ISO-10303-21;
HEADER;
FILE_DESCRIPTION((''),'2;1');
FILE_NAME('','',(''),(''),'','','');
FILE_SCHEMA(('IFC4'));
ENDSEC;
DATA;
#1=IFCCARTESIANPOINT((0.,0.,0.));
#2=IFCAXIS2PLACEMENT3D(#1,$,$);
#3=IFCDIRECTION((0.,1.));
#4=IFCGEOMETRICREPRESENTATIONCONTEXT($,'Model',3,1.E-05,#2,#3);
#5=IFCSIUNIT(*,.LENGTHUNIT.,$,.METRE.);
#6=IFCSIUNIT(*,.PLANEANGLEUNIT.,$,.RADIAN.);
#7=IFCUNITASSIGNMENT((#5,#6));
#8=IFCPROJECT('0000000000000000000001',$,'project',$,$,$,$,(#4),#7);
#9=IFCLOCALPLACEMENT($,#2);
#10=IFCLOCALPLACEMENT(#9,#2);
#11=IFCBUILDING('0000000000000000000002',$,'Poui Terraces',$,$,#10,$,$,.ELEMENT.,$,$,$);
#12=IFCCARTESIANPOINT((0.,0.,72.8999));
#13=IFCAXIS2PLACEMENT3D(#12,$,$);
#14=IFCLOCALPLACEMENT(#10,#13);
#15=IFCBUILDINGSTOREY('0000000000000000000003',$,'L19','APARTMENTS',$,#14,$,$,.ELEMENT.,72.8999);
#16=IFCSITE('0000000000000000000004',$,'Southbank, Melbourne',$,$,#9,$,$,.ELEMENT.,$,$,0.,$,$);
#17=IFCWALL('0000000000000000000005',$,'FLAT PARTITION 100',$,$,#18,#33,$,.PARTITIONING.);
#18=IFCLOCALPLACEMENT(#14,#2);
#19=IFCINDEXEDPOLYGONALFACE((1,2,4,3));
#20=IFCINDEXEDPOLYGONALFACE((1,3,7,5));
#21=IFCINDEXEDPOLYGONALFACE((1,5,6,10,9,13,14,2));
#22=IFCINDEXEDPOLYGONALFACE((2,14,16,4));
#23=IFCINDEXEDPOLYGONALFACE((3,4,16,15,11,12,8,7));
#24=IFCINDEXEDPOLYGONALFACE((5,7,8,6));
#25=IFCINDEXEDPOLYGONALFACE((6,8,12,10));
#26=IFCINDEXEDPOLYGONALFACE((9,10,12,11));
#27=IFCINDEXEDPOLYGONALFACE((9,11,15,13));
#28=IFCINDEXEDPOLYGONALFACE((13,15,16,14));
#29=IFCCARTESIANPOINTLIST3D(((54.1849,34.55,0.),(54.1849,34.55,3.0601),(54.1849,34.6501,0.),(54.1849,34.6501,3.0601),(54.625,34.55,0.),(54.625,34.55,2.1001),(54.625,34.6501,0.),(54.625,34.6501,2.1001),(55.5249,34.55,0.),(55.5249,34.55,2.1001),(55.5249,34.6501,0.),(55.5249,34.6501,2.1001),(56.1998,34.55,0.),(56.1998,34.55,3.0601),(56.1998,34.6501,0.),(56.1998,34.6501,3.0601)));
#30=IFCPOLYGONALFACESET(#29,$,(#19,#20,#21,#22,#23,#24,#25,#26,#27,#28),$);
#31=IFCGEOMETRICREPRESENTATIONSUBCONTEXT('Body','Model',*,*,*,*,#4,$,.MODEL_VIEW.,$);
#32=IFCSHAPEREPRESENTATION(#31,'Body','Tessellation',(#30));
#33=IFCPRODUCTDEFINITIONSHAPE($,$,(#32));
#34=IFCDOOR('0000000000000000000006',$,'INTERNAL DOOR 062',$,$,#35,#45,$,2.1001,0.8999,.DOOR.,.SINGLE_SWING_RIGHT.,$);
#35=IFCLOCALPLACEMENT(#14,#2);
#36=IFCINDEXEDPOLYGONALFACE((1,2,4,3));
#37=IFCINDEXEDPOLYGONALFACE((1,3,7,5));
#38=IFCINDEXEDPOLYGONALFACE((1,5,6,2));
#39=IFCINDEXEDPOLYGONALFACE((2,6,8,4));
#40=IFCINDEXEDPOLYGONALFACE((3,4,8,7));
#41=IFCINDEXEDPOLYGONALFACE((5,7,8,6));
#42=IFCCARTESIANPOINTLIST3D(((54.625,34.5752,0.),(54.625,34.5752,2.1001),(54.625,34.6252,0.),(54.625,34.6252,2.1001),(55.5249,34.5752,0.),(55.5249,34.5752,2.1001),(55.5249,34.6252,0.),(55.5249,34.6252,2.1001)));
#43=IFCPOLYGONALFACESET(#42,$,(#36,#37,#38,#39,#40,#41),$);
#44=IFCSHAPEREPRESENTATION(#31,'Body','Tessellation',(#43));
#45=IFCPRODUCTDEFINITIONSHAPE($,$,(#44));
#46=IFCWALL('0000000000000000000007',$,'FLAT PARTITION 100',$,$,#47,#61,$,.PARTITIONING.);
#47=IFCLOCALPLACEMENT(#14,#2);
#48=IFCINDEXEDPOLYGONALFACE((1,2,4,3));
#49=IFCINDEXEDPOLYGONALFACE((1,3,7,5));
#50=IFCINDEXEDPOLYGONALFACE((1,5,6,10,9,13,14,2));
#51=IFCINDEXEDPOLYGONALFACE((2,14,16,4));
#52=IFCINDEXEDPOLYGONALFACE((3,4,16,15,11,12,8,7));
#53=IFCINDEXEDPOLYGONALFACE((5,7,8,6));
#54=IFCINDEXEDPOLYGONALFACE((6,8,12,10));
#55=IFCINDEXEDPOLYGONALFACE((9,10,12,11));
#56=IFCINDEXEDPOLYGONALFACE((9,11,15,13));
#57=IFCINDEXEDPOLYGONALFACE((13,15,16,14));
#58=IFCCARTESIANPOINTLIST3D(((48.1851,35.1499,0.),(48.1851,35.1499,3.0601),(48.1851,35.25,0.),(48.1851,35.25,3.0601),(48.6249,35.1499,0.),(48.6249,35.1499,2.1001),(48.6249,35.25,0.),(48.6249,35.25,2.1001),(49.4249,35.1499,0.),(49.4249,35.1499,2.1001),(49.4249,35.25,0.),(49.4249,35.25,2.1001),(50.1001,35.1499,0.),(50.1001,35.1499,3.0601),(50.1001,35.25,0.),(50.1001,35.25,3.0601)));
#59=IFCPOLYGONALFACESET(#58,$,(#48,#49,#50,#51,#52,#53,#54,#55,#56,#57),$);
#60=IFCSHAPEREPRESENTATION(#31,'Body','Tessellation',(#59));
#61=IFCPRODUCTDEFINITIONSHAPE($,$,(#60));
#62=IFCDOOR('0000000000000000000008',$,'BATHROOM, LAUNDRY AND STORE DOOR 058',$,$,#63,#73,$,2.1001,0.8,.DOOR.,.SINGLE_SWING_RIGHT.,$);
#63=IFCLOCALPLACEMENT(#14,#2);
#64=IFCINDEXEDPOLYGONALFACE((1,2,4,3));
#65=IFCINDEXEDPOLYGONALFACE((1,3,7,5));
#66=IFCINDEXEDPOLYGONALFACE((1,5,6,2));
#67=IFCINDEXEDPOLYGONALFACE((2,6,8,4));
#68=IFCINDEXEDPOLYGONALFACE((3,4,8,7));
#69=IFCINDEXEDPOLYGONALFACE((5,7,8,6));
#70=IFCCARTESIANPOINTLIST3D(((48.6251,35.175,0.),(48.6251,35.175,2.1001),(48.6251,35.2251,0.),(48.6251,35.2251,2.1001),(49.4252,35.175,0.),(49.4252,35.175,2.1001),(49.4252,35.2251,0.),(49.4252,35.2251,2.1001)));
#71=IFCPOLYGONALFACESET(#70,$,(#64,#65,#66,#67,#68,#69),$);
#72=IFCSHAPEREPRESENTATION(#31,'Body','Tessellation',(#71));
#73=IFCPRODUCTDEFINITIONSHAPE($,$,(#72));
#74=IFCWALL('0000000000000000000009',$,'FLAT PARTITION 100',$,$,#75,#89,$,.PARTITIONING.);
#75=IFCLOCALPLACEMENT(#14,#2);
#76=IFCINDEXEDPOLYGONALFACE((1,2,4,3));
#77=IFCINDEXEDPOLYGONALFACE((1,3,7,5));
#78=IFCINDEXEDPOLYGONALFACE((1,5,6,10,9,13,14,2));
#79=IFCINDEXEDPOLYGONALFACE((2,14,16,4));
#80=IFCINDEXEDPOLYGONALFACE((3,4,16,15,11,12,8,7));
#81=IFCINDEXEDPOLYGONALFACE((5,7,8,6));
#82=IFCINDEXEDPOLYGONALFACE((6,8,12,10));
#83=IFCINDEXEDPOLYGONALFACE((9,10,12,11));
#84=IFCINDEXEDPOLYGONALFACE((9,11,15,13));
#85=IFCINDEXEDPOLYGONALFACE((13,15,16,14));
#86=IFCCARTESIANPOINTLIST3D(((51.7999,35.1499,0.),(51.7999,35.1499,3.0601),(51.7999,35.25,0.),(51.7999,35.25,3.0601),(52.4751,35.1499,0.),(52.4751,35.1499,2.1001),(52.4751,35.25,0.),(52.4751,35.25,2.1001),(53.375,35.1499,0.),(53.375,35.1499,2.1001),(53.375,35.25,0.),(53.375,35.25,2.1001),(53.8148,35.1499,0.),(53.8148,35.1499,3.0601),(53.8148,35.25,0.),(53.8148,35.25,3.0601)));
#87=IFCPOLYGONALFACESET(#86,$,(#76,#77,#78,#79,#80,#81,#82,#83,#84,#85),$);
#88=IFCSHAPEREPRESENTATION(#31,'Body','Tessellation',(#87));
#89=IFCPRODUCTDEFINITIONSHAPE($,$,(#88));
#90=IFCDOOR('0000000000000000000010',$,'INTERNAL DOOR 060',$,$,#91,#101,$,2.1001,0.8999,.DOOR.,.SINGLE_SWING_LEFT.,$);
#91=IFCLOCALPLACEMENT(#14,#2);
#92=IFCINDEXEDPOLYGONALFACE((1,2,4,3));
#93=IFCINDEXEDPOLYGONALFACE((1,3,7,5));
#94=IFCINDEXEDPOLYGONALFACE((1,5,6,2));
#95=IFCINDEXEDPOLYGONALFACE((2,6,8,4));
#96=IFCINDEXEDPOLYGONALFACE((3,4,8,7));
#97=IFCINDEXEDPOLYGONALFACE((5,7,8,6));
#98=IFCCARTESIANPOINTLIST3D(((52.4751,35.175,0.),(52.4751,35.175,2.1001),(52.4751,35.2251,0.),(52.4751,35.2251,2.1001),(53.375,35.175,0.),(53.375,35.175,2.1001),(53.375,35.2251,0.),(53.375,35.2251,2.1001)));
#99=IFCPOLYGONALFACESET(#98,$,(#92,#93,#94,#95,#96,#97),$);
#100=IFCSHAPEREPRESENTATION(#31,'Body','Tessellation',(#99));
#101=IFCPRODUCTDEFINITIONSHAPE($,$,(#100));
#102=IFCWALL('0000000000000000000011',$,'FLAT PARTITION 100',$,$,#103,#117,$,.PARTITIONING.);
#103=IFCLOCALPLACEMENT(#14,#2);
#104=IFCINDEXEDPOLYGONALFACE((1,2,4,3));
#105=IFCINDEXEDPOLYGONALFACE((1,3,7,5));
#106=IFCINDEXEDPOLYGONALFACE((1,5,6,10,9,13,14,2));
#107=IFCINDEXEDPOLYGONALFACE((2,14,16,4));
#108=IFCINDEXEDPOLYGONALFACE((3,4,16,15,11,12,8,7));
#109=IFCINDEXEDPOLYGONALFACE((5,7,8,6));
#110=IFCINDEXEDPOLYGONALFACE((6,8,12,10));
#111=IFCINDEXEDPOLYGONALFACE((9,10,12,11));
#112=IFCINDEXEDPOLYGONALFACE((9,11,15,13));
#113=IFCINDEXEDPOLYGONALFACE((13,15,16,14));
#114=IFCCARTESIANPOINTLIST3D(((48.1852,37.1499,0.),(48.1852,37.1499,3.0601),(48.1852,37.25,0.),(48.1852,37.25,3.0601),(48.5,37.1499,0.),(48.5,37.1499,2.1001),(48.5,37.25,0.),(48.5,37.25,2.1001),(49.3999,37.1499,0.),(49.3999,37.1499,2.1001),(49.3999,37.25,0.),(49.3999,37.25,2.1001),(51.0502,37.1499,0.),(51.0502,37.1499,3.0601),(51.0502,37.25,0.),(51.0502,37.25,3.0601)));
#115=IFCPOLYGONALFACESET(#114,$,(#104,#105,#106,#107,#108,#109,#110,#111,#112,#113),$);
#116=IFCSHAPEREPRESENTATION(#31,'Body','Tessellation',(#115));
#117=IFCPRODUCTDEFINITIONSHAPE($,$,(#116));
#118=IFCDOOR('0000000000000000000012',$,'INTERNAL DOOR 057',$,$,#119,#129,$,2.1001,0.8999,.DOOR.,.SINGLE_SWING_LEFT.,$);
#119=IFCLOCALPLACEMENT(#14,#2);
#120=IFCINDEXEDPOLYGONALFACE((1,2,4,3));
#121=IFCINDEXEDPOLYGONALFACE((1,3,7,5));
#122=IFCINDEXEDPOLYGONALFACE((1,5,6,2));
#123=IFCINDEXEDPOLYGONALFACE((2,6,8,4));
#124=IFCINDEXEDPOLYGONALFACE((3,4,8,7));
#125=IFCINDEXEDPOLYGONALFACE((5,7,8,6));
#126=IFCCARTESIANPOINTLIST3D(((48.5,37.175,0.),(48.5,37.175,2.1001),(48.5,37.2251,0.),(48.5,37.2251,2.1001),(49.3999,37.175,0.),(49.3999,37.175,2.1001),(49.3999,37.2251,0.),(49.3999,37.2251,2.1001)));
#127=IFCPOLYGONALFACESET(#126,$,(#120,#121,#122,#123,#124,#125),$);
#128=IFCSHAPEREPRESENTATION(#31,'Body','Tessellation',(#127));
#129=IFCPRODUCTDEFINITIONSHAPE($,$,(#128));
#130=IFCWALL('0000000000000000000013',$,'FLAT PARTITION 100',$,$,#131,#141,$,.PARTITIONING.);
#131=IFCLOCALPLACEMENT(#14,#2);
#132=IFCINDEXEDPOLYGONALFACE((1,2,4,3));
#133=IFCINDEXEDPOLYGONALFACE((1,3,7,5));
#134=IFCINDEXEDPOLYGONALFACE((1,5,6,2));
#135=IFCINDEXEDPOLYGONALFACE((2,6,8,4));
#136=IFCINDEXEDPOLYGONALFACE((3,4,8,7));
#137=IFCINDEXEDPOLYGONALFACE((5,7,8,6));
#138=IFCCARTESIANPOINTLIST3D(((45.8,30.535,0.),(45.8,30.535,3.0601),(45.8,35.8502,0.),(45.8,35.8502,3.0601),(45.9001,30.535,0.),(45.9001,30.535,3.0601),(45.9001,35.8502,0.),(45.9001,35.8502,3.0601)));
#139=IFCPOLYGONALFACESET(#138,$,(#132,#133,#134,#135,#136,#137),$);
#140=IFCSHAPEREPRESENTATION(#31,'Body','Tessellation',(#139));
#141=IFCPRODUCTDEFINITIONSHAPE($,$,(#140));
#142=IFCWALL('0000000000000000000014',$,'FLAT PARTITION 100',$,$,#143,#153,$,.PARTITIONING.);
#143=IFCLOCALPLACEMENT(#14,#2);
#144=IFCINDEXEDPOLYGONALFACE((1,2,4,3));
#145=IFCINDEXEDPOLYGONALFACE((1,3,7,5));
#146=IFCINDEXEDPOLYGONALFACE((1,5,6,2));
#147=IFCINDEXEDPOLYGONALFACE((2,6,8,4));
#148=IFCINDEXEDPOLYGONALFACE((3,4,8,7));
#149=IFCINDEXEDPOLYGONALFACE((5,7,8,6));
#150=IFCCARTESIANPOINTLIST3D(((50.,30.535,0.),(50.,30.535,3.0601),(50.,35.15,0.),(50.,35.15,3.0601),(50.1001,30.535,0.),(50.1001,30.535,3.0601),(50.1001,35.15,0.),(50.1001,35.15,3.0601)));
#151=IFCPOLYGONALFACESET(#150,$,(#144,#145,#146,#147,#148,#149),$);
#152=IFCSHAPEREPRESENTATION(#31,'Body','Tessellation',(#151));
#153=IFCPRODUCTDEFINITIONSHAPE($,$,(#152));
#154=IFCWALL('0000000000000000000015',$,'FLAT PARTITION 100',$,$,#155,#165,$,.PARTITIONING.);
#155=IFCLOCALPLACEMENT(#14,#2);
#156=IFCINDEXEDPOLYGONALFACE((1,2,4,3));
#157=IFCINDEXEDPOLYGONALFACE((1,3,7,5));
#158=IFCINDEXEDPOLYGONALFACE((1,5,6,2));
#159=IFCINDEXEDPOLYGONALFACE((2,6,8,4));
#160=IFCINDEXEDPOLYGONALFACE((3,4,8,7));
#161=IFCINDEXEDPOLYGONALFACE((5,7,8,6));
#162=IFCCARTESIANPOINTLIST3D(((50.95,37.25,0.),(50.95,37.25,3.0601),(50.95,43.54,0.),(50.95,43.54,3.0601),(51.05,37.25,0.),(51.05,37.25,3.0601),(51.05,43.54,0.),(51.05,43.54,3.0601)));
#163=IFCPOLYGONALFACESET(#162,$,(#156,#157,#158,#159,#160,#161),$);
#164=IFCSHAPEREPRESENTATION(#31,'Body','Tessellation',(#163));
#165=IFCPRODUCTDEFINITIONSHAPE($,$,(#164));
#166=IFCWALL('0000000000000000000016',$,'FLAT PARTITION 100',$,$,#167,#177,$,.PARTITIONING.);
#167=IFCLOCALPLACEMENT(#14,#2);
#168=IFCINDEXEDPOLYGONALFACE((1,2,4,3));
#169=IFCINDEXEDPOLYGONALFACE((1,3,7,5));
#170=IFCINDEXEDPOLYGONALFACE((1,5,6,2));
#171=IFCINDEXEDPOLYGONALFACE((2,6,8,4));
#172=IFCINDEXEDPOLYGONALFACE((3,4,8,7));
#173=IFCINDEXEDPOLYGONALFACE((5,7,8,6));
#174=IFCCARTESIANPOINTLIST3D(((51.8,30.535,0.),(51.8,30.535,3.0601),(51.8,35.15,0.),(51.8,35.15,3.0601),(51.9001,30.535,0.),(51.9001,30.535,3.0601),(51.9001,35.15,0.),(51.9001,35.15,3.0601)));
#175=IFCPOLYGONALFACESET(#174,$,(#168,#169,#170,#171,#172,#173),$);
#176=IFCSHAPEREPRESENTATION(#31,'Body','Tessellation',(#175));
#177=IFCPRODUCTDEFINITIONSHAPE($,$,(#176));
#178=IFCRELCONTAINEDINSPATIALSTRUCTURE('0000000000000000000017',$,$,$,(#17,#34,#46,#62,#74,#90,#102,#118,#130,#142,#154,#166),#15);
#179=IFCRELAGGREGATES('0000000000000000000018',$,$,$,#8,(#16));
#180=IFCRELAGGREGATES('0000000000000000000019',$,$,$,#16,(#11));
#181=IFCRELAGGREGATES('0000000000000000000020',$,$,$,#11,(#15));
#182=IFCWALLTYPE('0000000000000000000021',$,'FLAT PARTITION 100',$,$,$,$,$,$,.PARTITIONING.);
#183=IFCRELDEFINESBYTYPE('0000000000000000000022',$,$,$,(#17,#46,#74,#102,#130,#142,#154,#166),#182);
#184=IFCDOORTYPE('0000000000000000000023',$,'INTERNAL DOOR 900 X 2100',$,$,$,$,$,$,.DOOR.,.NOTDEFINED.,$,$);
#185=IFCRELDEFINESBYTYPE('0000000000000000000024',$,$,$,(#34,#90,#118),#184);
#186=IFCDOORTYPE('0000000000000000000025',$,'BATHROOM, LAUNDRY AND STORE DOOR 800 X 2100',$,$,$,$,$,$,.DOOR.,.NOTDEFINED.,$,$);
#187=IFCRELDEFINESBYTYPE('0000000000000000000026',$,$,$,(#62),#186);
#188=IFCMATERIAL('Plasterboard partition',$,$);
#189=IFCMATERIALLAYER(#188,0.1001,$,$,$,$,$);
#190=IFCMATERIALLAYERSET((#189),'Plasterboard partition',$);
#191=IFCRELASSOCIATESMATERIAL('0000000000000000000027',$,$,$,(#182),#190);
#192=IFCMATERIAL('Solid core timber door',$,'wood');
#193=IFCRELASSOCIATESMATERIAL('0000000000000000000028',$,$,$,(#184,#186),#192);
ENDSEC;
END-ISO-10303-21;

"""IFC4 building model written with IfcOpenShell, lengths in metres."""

from ifc_helpers import new_model, si_unit, direction, frame, frame_2d, origin, place, context, subcontext, project, spatial, rectangle, extrude, material, layer, layer_set, type_object, element, fill, save


model = new_model("IFC4")

# Units and contexts
model_context = context("Model", 3, precision=1e-05, world=origin(), true_north=direction((0.0, 1.0)))
body_context = subcontext(model_context, "Body", "Model", "MODEL_VIEW")
ifc_project = project(units=[si_unit("LENGTHUNIT", "METRE"), si_unit("PLANEANGLEUNIT", "RADIAN")], contexts=[model_context])

# Site, building, storey
site_placement = place(None, origin())
site = spatial("IfcSite", under=ifc_project, at=site_placement, Name="Southbank, Melbourne", CompositionType="ELEMENT", RefElevation=0.0)
building_placement = place(site_placement, origin())
building = spatial("IfcBuilding", under=site, at=building_placement, Name="Poui Terraces", CompositionType="ELEMENT")
storey_placement = place(building_placement, frame((0.0, 0.0, 72.8999)))
storey = spatial("IfcBuildingStorey", under=building, at=storey_placement, Name="L19", Description="APARTMENTS", CompositionType="ELEMENT", Elevation=72.8999)

# Walls, openings, doors
ifc_material_1 = material(Name="Plasterboard partition")
ifc_layer_1 = layer(ifc_material_1, 0.1001)
ifc_layer_set_1 = layer_set([ifc_layer_1], Name="Plasterboard partition")
wall_type_1 = type_object("IfcWallType", Name="FLAT PARTITION 100", PredefinedType="PARTITIONING", material=ifc_layer_set_1)
wall_1_placement = place(storey_placement, frame((54.1851, 34.6001, 0.0), z_axis=(0.0, 0.0, 1.0), x_axis=(1.0, 0.0, 0.0)))
wall_1 = element("IfcWall", 1, at=wall_1_placement, inside=storey, type_object=wall_type_1, Name="FLAT PARTITION 100", PredefinedType="PARTITIONING", context=body_context, shape_type="SweptSolid", body=[
    extrude(rectangle(XDim=2.0149, YDim=0.1001, at=frame_2d((1.0073, 0.0))), origin(), (0.0, 0.0, 1.0), 3.0601),
])
opening_1_placement = place(wall_1_placement, frame((0.4399, 0.0, 0.0)))
opening_1 = element("IfcOpeningElement", 2, at=opening_1_placement, cuts=wall_1, PredefinedType="OPENING", context=body_context, shape_type="SweptSolid", body=[
    extrude(rectangle(XDim=0.8999, YDim=2.1001, at=frame_2d((0.45, 1.05))), frame((0.0, 0.0601, 0.0), z_axis=(0.0, -1.0, 0.0), x_axis=(1.0, 0.0, 0.0)), (0.0, 0.0, 1.0), 0.1201),
])
ifc_material_2 = material(Name="Solid core timber door", Category="wood")
door_type_1 = type_object("IfcDoorType", Name="INTERNAL DOOR 900 X 2100", OperationType="NOTDEFINED", PredefinedType="DOOR", material=ifc_material_2)
door_1_placement = place(opening_1_placement, frame((0.8999, 0.0, 0.0), z_axis=(0.0, 0.0, 1.0), x_axis=(-1.0, 0.0, 0.0)))
door_1 = element("IfcDoor", 3, at=door_1_placement, inside=storey, type_object=door_type_1, Name="INTERNAL DOOR 062", OperationType="SINGLE_SWING_RIGHT", OverallHeight=2.1001, OverallWidth=0.8999, PredefinedType="DOOR", context=body_context, shape_type="SweptSolid", body=[
    extrude(rectangle(XDim=0.8999, YDim=2.1001, at=frame_2d((0.45, 1.05))), frame((0.0, 0.0249, 0.0), z_axis=(0.0, -1.0, 0.0), x_axis=(1.0, 0.0, 0.0)), (0.0, 0.0, 1.0), 0.05),
])
fill(opening_1, door_1)
wall_2_placement = place(storey_placement, frame((48.1851, 35.2, 0.0), z_axis=(0.0, 0.0, 1.0), x_axis=(1.0, 0.0, 0.0)))
wall_2 = element("IfcWall", 4, at=wall_2_placement, inside=storey, type_object=wall_type_1, Name="FLAT PARTITION 100", PredefinedType="PARTITIONING", context=body_context, shape_type="SweptSolid", body=[
    extrude(rectangle(XDim=1.915, YDim=0.1001, at=frame_2d((0.9575, 0.0))), origin(), (0.0, 0.0, 1.0), 3.0601),
])
opening_2_placement = place(wall_2_placement, frame((0.4399, 0.0, 0.0)))
opening_2 = element("IfcOpeningElement", 5, at=opening_2_placement, cuts=wall_2, PredefinedType="OPENING", context=body_context, shape_type="SweptSolid", body=[
    extrude(rectangle(XDim=0.8, YDim=2.1001, at=frame_2d((0.3999, 1.05))), frame((0.0, 0.0601, 0.0), z_axis=(0.0, -1.0, 0.0), x_axis=(1.0, 0.0, 0.0)), (0.0, 0.0, 1.0), 0.1201),
])
door_type_2 = type_object("IfcDoorType", Name="BATHROOM, LAUNDRY AND STORE DOOR 800 X 2100", OperationType="NOTDEFINED", PredefinedType="DOOR", material=ifc_material_2)
door_2_placement = place(opening_2_placement, frame((0.8, 0.0, 0.0), z_axis=(0.0, 0.0, 1.0), x_axis=(-1.0, 0.0, 0.0)))
door_2 = element("IfcDoor", 6, at=door_2_placement, inside=storey, type_object=door_type_2, Name="BATHROOM, LAUNDRY AND STORE DOOR 058", OperationType="SINGLE_SWING_RIGHT", OverallHeight=2.1001, OverallWidth=0.8, PredefinedType="DOOR", context=body_context, shape_type="SweptSolid", body=[
    extrude(rectangle(XDim=0.8, YDim=2.1001, at=frame_2d((0.3999, 1.05))), frame((0.0, 0.0249, 0.0), z_axis=(0.0, -1.0, 0.0), x_axis=(1.0, 0.0, 0.0)), (0.0, 0.0, 1.0), 0.05),
])
fill(opening_2, door_2)
wall_3_placement = place(storey_placement, frame((51.8, 35.2, 0.0), z_axis=(0.0, 0.0, 1.0), x_axis=(1.0, 0.0, 0.0)))
wall_3 = element("IfcWall", 7, at=wall_3_placement, inside=storey, type_object=wall_type_1, Name="FLAT PARTITION 100", PredefinedType="PARTITIONING", context=body_context, shape_type="SweptSolid", body=[
    extrude(rectangle(XDim=2.0149, YDim=0.1001, at=frame_2d((1.0073, 0.0))), origin(), (0.0, 0.0, 1.0), 3.0601),
])
opening_3_placement = place(wall_3_placement, frame((0.675, 0.0, 0.0)))
opening_3 = element("IfcOpeningElement", 8, at=opening_3_placement, cuts=wall_3, PredefinedType="OPENING", context=body_context, shape_type="SweptSolid", body=[
    extrude(rectangle(XDim=0.8999, YDim=2.1001, at=frame_2d((0.45, 1.05))), frame((0.0, 0.0601, 0.0), z_axis=(0.0, -1.0, 0.0), x_axis=(1.0, 0.0, 0.0)), (0.0, 0.0, 1.0), 0.1201),
])
door_3_placement = place(opening_3_placement, frame((0.8999, 0.0, 0.0), z_axis=(0.0, 0.0, 1.0), x_axis=(-1.0, 0.0, 0.0)))
door_3 = element("IfcDoor", 9, at=door_3_placement, inside=storey, type_object=door_type_1, Name="INTERNAL DOOR 060", OperationType="SINGLE_SWING_LEFT", OverallHeight=2.1001, OverallWidth=0.8999, PredefinedType="DOOR", context=body_context, shape_type="SweptSolid", body=[
    extrude(rectangle(XDim=0.8999, YDim=2.1001, at=frame_2d((0.45, 1.05))), frame((0.0, 0.0249, 0.0), z_axis=(0.0, -1.0, 0.0), x_axis=(1.0, 0.0, 0.0)), (0.0, 0.0, 1.0), 0.05),
])
fill(opening_3, door_3)
wall_4_placement = place(storey_placement, frame((48.1851, 37.2, 0.0), z_axis=(0.0, 0.0, 1.0), x_axis=(1.0, 0.0, 0.0)))
wall_4 = element("IfcWall", 10, at=wall_4_placement, inside=storey, type_object=wall_type_1, Name="FLAT PARTITION 100", PredefinedType="PARTITIONING", context=body_context, shape_type="SweptSolid", body=[
    extrude(rectangle(XDim=2.865, YDim=0.1001, at=frame_2d((1.4326, 0.0))), origin(), (0.0, 0.0, 1.0), 3.0601),
])
opening_4_placement = place(wall_4_placement, frame((0.3149, 0.0, 0.0)))
opening_4 = element("IfcOpeningElement", 11, at=opening_4_placement, cuts=wall_4, PredefinedType="OPENING", context=body_context, shape_type="SweptSolid", body=[
    extrude(rectangle(XDim=0.8999, YDim=2.1001, at=frame_2d((0.45, 1.05))), frame((0.0, 0.0601, 0.0), z_axis=(0.0, -1.0, 0.0), x_axis=(1.0, 0.0, 0.0)), (0.0, 0.0, 1.0), 0.1201),
])
door_4_placement = place(opening_4_placement, frame((0.8999, 0.0, 0.0), z_axis=(0.0, 0.0, 1.0), x_axis=(-1.0, 0.0, 0.0)))
door_4 = element("IfcDoor", 12, at=door_4_placement, inside=storey, type_object=door_type_1, Name="INTERNAL DOOR 057", OperationType="SINGLE_SWING_LEFT", OverallHeight=2.1001, OverallWidth=0.8999, PredefinedType="DOOR", context=body_context, shape_type="SweptSolid", body=[
    extrude(rectangle(XDim=0.8999, YDim=2.1001, at=frame_2d((0.45, 1.05))), frame((0.0, 0.0249, 0.0), z_axis=(0.0, -1.0, 0.0), x_axis=(1.0, 0.0, 0.0)), (0.0, 0.0, 1.0), 0.05),
])
fill(opening_4, door_4)

# Walls
wall_5_placement = place(storey_placement, frame((45.8501, 30.5349, 0.0), z_axis=(0.0, 0.0, 1.0), x_axis=(0.0, 1.0, 0.0)))
element("IfcWall", 13, at=wall_5_placement, inside=storey, type_object=wall_type_1, Name="FLAT PARTITION 100", PredefinedType="PARTITIONING", context=body_context, shape_type="SweptSolid", body=[
    extrude(rectangle(XDim=5.3152, YDim=0.1001, at=frame_2d((2.6577, 0.0))), origin(), (0.0, 0.0, 1.0), 3.0601),
])
wall_6_placement = place(storey_placement, frame((50.05, 30.5349, 0.0), z_axis=(0.0, 0.0, 1.0), x_axis=(0.0, 1.0, 0.0)))
element("IfcWall", 14, at=wall_6_placement, inside=storey, type_object=wall_type_1, Name="FLAT PARTITION 100", PredefinedType="PARTITIONING", context=body_context, shape_type="SweptSolid", body=[
    extrude(rectangle(XDim=4.615, YDim=0.1001, at=frame_2d((2.3076, 0.0))), origin(), (0.0, 0.0, 1.0), 3.0601),
])
wall_7_placement = place(storey_placement, frame((51.0, 37.25, 0.0), z_axis=(0.0, 0.0, 1.0), x_axis=(0.0, 1.0, 0.0)))
element("IfcWall", 15, at=wall_7_placement, inside=storey, type_object=wall_type_1, Name="FLAT PARTITION 100", PredefinedType="PARTITIONING", context=body_context, shape_type="SweptSolid", body=[
    extrude(rectangle(XDim=6.29, YDim=0.1001, at=frame_2d((3.145, 0.0))), origin(), (0.0, 0.0, 1.0), 3.0601),
])
wall_8_placement = place(storey_placement, frame((51.8501, 30.5349, 0.0), z_axis=(0.0, 0.0, 1.0), x_axis=(0.0, 1.0, 0.0)))
element("IfcWall", 16, at=wall_8_placement, inside=storey, type_object=wall_type_1, Name="FLAT PARTITION 100", PredefinedType="PARTITIONING", context=body_context, shape_type="SweptSolid", body=[
    extrude(rectangle(XDim=4.615, YDim=0.1001, at=frame_2d((2.3076, 0.0))), origin(), (0.0, 0.0, 1.0), 3.0601),
])

save(model, "model.ifc")
